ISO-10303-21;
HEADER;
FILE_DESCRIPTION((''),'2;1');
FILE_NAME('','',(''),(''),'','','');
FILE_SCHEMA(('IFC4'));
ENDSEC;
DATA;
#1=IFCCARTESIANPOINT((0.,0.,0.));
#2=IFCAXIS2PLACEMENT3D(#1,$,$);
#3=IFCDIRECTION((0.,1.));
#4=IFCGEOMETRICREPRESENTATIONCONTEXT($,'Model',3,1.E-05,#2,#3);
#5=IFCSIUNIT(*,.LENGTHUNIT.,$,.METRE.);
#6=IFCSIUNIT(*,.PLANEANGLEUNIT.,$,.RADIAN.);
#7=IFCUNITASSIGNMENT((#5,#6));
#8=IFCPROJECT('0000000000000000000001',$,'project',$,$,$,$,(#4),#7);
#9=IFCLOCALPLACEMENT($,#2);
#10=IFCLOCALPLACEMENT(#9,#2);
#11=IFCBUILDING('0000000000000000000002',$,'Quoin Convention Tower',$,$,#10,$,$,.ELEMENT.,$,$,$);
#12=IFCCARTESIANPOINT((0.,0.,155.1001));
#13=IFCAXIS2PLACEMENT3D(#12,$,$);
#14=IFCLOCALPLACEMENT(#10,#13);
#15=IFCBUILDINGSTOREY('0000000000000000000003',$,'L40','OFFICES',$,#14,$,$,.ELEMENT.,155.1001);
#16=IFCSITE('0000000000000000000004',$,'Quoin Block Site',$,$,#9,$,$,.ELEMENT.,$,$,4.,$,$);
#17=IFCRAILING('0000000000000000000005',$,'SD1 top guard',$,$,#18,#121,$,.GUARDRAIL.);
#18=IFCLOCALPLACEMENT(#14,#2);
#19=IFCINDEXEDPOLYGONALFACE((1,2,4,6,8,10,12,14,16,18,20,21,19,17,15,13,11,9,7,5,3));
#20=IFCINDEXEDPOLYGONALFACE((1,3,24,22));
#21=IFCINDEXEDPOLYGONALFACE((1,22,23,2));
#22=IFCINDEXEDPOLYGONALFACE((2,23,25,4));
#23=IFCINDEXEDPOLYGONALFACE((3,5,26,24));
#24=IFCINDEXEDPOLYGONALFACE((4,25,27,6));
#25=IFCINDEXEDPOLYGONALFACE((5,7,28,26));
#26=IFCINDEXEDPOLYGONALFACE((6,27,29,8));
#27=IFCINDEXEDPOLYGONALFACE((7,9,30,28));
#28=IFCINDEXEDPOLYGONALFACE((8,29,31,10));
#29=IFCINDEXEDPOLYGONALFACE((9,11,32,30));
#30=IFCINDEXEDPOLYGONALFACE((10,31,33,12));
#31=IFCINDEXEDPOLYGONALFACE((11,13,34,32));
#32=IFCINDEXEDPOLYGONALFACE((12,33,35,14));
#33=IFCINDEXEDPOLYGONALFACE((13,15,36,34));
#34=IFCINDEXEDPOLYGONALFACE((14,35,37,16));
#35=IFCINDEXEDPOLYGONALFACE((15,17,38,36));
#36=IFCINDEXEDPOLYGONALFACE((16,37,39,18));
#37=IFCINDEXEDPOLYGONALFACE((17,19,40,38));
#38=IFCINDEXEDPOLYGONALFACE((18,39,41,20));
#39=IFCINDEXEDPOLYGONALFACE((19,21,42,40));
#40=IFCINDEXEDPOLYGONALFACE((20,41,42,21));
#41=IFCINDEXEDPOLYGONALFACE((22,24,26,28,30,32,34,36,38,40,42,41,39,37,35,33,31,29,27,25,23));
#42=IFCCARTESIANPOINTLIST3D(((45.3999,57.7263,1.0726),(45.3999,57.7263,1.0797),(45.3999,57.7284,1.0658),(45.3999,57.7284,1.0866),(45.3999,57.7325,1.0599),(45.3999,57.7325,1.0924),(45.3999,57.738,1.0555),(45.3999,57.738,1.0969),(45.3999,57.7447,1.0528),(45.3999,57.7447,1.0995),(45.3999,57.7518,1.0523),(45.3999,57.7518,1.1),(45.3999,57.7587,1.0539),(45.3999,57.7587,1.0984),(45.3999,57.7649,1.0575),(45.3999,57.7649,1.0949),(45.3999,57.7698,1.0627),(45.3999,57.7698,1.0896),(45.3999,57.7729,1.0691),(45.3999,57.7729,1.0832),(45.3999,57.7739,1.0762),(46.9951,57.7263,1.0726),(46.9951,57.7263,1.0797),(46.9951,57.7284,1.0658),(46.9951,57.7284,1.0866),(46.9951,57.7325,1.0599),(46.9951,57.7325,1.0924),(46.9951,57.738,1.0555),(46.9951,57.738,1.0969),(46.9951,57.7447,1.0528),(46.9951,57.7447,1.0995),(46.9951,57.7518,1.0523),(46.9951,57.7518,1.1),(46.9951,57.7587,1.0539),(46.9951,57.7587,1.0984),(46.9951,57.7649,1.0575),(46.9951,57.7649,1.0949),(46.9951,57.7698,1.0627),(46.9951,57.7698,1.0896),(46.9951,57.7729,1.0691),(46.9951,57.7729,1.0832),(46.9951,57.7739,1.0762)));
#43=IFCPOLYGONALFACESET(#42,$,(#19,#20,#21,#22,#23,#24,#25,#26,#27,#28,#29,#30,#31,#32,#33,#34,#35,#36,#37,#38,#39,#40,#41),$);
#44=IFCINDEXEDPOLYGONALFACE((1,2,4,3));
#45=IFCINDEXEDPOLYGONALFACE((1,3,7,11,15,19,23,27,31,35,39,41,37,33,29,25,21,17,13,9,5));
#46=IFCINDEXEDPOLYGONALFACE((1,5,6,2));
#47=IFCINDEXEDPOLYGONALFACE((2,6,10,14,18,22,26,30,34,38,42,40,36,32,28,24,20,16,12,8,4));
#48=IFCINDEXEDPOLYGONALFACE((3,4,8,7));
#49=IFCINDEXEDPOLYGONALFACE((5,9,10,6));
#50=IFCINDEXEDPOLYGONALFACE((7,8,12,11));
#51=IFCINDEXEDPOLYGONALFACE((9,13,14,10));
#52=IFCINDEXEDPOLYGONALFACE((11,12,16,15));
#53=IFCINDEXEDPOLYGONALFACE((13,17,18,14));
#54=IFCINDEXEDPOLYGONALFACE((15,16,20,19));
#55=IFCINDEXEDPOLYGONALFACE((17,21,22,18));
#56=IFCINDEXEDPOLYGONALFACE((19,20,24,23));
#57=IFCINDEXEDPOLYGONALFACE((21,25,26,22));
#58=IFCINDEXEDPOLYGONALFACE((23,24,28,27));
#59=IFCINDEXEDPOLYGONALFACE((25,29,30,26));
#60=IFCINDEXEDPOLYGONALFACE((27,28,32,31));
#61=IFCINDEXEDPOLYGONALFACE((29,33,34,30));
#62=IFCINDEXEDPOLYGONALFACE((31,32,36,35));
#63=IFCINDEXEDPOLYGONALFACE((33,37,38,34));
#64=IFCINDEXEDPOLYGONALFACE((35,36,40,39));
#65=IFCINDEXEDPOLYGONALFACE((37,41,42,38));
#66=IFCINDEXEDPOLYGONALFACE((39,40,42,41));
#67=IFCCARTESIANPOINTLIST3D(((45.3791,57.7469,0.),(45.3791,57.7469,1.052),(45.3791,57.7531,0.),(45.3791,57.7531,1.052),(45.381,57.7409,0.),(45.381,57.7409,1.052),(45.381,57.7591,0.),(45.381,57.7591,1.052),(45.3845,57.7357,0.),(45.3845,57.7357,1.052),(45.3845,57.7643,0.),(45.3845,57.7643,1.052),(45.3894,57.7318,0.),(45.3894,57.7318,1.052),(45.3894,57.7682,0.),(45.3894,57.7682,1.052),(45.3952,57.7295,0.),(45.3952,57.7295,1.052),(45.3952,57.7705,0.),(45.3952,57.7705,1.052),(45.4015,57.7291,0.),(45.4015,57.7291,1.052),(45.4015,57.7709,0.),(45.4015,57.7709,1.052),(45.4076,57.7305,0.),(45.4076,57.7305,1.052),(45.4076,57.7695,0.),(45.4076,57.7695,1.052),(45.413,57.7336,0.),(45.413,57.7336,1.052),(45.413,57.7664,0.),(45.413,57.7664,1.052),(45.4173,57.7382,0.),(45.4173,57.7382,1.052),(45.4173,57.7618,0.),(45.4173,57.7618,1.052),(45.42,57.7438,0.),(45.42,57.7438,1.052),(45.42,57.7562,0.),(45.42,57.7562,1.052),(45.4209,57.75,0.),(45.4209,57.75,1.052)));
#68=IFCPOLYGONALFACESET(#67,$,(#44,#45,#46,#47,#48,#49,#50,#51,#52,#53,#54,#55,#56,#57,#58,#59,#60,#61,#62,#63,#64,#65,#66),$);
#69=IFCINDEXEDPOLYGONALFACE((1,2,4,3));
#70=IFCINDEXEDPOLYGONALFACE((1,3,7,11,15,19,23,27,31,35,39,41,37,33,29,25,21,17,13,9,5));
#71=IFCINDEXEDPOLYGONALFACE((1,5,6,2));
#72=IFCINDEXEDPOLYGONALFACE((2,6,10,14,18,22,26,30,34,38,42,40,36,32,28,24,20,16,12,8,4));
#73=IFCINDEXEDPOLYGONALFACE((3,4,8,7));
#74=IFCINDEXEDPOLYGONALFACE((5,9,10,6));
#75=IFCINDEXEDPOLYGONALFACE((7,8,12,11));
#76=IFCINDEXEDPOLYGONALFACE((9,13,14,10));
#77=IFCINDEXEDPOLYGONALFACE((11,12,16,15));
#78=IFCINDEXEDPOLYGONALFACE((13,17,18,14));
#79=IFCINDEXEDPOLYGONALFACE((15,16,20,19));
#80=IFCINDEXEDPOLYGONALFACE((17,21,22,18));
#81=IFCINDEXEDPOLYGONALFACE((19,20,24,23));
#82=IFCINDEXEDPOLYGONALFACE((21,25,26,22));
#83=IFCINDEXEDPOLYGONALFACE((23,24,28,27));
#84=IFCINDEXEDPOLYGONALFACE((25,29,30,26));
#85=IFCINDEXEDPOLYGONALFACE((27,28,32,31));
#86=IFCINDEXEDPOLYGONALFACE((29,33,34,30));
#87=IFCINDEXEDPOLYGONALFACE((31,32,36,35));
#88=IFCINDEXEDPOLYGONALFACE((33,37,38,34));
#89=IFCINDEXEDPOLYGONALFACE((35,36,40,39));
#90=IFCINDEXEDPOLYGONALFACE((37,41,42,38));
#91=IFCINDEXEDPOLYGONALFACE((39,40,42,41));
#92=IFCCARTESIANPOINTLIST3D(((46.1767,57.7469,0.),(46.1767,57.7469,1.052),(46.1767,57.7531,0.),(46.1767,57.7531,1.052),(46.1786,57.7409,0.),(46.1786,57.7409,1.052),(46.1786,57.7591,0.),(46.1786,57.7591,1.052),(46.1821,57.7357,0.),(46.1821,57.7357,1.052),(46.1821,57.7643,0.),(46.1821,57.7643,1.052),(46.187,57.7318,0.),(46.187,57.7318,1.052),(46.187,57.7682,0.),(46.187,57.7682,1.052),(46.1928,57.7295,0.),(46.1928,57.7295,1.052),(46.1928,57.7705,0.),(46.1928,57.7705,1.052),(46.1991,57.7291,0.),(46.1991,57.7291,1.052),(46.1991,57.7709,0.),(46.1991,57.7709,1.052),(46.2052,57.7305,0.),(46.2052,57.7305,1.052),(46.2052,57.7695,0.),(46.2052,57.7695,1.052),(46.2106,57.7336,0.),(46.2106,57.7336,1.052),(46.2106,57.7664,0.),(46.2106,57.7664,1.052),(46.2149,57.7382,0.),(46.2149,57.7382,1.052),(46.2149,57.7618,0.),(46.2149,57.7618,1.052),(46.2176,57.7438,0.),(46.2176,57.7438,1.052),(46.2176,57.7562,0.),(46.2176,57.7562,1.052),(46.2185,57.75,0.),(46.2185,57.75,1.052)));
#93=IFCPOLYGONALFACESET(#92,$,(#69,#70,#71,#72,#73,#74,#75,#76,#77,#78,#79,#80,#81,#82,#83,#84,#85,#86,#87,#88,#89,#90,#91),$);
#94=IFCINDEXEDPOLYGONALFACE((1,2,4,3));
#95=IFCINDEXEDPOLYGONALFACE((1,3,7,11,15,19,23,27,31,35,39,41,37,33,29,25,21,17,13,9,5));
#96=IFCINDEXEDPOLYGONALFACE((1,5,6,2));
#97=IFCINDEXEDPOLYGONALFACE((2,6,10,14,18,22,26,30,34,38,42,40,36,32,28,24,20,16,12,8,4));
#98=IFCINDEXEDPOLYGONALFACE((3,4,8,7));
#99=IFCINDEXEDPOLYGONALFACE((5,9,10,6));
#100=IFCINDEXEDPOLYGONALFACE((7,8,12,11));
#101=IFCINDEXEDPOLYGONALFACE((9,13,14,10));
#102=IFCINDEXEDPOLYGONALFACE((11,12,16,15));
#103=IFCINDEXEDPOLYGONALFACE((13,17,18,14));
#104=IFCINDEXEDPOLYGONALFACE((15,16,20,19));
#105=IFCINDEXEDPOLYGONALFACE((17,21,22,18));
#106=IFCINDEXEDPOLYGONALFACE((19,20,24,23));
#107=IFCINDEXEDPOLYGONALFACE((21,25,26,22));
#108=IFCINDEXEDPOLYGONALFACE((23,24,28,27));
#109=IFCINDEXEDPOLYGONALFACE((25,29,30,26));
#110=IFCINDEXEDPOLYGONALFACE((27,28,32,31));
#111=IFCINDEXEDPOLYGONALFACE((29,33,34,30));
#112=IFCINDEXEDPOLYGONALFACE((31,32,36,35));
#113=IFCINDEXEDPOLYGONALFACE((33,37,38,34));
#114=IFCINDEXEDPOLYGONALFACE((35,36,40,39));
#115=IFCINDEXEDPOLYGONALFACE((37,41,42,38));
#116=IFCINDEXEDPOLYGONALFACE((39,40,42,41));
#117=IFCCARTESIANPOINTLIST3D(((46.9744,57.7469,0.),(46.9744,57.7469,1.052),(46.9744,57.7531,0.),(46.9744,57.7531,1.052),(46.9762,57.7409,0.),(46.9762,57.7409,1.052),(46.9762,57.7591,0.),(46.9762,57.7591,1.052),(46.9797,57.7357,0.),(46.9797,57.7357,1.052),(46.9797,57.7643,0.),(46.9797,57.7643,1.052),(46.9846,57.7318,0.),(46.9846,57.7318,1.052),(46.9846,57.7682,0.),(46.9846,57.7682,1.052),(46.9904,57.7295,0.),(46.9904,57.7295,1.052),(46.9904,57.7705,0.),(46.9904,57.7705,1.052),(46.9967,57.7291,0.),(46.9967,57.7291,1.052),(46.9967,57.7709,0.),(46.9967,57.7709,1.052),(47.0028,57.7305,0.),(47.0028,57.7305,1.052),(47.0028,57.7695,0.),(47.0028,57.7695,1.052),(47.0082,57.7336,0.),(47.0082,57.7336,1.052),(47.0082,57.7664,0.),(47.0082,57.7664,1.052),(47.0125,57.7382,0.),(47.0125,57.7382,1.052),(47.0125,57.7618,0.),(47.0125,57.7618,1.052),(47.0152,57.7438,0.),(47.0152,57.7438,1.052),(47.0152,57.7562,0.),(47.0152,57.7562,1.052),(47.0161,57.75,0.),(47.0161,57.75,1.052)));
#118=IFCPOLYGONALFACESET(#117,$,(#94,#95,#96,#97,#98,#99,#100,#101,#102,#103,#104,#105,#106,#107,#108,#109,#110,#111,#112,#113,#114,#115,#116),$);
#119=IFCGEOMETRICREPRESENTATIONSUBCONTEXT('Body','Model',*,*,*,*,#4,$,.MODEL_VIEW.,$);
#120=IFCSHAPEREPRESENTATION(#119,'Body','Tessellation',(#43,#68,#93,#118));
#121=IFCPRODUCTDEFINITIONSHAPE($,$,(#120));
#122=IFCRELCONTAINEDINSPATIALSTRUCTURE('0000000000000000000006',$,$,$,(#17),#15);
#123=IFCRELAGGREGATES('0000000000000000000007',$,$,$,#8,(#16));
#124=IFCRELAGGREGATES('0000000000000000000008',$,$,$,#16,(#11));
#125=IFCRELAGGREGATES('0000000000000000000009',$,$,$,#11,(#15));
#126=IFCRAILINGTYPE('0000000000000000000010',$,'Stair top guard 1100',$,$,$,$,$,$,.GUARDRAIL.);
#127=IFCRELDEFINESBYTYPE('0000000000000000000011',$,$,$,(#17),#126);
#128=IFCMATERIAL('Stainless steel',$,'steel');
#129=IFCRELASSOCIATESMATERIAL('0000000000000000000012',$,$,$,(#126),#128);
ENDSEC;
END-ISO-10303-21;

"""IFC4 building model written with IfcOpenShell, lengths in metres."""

from ifc_helpers import new_model, si_unit, direction, frame, origin, origin_2d, place, context, subcontext, project, spatial, circle, extrude, material, type_object, element, save


model = new_model("IFC4")

# Units and contexts
model_context = context("Model", 3, precision=1e-05, world=origin(), true_north=direction((0.0, 1.0)))
body_context = subcontext(model_context, "Body", "Model", "MODEL_VIEW")
ifc_project = project(units=[si_unit("LENGTHUNIT", "METRE"), si_unit("PLANEANGLEUNIT", "RADIAN")], contexts=[model_context])

# Site, building, storey
site_placement = place(None, origin())
site = spatial("IfcSite", under=ifc_project, at=site_placement, Name="Quoin Block Site", CompositionType="ELEMENT", RefElevation=4.0)
building_placement = place(site_placement, origin())
building = spatial("IfcBuilding", under=site, at=building_placement, Name="Quoin Convention Tower", CompositionType="ELEMENT")
storey_placement = place(building_placement, frame((0.0, 0.0, 155.1001)))
storey = spatial("IfcBuildingStorey", under=building, at=storey_placement, Name="L40", Description="OFFICES", CompositionType="ELEMENT", Elevation=155.1001)

# Railing
ifc_material_1 = material(Name="Stainless steel", Category="steel")
railing_type_1 = type_object("IfcRailingType", Name="Stair top guard 1100", PredefinedType="GUARDRAIL", material=ifc_material_1)
railing_1_placement = place(storey_placement, frame((45.3999, 57.75, 0.0)))
element("IfcRailing", 1, at=railing_1_placement, inside=storey, type_object=railing_type_1, Name="SD1 top guard", PredefinedType="GUARDRAIL", context=body_context, shape_type="SweptSolid", body=[
    extrude(circle(Radius=0.0239, at=origin_2d()), frame((0.0, 0.0, 1.0762), z_axis=(1.0, 0.0, 0.0), x_axis=(0.0, 1.0, 0.0)), (0.0, 0.0, 1.0), 1.5952),
    extrude(circle(Radius=0.021, at=origin_2d()), origin(), (0.0, 0.0, 1.0), 1.052),
    extrude(circle(Radius=0.021, at=origin_2d()), frame((0.7976, 0.0, 0.0)), (0.0, 0.0, 1.0), 1.052),
    extrude(circle(Radius=0.021, at=origin_2d()), frame((1.5952, 0.0, 0.0)), (0.0, 0.0, 1.0), 1.052),
])

save(model, "model.ifc")
